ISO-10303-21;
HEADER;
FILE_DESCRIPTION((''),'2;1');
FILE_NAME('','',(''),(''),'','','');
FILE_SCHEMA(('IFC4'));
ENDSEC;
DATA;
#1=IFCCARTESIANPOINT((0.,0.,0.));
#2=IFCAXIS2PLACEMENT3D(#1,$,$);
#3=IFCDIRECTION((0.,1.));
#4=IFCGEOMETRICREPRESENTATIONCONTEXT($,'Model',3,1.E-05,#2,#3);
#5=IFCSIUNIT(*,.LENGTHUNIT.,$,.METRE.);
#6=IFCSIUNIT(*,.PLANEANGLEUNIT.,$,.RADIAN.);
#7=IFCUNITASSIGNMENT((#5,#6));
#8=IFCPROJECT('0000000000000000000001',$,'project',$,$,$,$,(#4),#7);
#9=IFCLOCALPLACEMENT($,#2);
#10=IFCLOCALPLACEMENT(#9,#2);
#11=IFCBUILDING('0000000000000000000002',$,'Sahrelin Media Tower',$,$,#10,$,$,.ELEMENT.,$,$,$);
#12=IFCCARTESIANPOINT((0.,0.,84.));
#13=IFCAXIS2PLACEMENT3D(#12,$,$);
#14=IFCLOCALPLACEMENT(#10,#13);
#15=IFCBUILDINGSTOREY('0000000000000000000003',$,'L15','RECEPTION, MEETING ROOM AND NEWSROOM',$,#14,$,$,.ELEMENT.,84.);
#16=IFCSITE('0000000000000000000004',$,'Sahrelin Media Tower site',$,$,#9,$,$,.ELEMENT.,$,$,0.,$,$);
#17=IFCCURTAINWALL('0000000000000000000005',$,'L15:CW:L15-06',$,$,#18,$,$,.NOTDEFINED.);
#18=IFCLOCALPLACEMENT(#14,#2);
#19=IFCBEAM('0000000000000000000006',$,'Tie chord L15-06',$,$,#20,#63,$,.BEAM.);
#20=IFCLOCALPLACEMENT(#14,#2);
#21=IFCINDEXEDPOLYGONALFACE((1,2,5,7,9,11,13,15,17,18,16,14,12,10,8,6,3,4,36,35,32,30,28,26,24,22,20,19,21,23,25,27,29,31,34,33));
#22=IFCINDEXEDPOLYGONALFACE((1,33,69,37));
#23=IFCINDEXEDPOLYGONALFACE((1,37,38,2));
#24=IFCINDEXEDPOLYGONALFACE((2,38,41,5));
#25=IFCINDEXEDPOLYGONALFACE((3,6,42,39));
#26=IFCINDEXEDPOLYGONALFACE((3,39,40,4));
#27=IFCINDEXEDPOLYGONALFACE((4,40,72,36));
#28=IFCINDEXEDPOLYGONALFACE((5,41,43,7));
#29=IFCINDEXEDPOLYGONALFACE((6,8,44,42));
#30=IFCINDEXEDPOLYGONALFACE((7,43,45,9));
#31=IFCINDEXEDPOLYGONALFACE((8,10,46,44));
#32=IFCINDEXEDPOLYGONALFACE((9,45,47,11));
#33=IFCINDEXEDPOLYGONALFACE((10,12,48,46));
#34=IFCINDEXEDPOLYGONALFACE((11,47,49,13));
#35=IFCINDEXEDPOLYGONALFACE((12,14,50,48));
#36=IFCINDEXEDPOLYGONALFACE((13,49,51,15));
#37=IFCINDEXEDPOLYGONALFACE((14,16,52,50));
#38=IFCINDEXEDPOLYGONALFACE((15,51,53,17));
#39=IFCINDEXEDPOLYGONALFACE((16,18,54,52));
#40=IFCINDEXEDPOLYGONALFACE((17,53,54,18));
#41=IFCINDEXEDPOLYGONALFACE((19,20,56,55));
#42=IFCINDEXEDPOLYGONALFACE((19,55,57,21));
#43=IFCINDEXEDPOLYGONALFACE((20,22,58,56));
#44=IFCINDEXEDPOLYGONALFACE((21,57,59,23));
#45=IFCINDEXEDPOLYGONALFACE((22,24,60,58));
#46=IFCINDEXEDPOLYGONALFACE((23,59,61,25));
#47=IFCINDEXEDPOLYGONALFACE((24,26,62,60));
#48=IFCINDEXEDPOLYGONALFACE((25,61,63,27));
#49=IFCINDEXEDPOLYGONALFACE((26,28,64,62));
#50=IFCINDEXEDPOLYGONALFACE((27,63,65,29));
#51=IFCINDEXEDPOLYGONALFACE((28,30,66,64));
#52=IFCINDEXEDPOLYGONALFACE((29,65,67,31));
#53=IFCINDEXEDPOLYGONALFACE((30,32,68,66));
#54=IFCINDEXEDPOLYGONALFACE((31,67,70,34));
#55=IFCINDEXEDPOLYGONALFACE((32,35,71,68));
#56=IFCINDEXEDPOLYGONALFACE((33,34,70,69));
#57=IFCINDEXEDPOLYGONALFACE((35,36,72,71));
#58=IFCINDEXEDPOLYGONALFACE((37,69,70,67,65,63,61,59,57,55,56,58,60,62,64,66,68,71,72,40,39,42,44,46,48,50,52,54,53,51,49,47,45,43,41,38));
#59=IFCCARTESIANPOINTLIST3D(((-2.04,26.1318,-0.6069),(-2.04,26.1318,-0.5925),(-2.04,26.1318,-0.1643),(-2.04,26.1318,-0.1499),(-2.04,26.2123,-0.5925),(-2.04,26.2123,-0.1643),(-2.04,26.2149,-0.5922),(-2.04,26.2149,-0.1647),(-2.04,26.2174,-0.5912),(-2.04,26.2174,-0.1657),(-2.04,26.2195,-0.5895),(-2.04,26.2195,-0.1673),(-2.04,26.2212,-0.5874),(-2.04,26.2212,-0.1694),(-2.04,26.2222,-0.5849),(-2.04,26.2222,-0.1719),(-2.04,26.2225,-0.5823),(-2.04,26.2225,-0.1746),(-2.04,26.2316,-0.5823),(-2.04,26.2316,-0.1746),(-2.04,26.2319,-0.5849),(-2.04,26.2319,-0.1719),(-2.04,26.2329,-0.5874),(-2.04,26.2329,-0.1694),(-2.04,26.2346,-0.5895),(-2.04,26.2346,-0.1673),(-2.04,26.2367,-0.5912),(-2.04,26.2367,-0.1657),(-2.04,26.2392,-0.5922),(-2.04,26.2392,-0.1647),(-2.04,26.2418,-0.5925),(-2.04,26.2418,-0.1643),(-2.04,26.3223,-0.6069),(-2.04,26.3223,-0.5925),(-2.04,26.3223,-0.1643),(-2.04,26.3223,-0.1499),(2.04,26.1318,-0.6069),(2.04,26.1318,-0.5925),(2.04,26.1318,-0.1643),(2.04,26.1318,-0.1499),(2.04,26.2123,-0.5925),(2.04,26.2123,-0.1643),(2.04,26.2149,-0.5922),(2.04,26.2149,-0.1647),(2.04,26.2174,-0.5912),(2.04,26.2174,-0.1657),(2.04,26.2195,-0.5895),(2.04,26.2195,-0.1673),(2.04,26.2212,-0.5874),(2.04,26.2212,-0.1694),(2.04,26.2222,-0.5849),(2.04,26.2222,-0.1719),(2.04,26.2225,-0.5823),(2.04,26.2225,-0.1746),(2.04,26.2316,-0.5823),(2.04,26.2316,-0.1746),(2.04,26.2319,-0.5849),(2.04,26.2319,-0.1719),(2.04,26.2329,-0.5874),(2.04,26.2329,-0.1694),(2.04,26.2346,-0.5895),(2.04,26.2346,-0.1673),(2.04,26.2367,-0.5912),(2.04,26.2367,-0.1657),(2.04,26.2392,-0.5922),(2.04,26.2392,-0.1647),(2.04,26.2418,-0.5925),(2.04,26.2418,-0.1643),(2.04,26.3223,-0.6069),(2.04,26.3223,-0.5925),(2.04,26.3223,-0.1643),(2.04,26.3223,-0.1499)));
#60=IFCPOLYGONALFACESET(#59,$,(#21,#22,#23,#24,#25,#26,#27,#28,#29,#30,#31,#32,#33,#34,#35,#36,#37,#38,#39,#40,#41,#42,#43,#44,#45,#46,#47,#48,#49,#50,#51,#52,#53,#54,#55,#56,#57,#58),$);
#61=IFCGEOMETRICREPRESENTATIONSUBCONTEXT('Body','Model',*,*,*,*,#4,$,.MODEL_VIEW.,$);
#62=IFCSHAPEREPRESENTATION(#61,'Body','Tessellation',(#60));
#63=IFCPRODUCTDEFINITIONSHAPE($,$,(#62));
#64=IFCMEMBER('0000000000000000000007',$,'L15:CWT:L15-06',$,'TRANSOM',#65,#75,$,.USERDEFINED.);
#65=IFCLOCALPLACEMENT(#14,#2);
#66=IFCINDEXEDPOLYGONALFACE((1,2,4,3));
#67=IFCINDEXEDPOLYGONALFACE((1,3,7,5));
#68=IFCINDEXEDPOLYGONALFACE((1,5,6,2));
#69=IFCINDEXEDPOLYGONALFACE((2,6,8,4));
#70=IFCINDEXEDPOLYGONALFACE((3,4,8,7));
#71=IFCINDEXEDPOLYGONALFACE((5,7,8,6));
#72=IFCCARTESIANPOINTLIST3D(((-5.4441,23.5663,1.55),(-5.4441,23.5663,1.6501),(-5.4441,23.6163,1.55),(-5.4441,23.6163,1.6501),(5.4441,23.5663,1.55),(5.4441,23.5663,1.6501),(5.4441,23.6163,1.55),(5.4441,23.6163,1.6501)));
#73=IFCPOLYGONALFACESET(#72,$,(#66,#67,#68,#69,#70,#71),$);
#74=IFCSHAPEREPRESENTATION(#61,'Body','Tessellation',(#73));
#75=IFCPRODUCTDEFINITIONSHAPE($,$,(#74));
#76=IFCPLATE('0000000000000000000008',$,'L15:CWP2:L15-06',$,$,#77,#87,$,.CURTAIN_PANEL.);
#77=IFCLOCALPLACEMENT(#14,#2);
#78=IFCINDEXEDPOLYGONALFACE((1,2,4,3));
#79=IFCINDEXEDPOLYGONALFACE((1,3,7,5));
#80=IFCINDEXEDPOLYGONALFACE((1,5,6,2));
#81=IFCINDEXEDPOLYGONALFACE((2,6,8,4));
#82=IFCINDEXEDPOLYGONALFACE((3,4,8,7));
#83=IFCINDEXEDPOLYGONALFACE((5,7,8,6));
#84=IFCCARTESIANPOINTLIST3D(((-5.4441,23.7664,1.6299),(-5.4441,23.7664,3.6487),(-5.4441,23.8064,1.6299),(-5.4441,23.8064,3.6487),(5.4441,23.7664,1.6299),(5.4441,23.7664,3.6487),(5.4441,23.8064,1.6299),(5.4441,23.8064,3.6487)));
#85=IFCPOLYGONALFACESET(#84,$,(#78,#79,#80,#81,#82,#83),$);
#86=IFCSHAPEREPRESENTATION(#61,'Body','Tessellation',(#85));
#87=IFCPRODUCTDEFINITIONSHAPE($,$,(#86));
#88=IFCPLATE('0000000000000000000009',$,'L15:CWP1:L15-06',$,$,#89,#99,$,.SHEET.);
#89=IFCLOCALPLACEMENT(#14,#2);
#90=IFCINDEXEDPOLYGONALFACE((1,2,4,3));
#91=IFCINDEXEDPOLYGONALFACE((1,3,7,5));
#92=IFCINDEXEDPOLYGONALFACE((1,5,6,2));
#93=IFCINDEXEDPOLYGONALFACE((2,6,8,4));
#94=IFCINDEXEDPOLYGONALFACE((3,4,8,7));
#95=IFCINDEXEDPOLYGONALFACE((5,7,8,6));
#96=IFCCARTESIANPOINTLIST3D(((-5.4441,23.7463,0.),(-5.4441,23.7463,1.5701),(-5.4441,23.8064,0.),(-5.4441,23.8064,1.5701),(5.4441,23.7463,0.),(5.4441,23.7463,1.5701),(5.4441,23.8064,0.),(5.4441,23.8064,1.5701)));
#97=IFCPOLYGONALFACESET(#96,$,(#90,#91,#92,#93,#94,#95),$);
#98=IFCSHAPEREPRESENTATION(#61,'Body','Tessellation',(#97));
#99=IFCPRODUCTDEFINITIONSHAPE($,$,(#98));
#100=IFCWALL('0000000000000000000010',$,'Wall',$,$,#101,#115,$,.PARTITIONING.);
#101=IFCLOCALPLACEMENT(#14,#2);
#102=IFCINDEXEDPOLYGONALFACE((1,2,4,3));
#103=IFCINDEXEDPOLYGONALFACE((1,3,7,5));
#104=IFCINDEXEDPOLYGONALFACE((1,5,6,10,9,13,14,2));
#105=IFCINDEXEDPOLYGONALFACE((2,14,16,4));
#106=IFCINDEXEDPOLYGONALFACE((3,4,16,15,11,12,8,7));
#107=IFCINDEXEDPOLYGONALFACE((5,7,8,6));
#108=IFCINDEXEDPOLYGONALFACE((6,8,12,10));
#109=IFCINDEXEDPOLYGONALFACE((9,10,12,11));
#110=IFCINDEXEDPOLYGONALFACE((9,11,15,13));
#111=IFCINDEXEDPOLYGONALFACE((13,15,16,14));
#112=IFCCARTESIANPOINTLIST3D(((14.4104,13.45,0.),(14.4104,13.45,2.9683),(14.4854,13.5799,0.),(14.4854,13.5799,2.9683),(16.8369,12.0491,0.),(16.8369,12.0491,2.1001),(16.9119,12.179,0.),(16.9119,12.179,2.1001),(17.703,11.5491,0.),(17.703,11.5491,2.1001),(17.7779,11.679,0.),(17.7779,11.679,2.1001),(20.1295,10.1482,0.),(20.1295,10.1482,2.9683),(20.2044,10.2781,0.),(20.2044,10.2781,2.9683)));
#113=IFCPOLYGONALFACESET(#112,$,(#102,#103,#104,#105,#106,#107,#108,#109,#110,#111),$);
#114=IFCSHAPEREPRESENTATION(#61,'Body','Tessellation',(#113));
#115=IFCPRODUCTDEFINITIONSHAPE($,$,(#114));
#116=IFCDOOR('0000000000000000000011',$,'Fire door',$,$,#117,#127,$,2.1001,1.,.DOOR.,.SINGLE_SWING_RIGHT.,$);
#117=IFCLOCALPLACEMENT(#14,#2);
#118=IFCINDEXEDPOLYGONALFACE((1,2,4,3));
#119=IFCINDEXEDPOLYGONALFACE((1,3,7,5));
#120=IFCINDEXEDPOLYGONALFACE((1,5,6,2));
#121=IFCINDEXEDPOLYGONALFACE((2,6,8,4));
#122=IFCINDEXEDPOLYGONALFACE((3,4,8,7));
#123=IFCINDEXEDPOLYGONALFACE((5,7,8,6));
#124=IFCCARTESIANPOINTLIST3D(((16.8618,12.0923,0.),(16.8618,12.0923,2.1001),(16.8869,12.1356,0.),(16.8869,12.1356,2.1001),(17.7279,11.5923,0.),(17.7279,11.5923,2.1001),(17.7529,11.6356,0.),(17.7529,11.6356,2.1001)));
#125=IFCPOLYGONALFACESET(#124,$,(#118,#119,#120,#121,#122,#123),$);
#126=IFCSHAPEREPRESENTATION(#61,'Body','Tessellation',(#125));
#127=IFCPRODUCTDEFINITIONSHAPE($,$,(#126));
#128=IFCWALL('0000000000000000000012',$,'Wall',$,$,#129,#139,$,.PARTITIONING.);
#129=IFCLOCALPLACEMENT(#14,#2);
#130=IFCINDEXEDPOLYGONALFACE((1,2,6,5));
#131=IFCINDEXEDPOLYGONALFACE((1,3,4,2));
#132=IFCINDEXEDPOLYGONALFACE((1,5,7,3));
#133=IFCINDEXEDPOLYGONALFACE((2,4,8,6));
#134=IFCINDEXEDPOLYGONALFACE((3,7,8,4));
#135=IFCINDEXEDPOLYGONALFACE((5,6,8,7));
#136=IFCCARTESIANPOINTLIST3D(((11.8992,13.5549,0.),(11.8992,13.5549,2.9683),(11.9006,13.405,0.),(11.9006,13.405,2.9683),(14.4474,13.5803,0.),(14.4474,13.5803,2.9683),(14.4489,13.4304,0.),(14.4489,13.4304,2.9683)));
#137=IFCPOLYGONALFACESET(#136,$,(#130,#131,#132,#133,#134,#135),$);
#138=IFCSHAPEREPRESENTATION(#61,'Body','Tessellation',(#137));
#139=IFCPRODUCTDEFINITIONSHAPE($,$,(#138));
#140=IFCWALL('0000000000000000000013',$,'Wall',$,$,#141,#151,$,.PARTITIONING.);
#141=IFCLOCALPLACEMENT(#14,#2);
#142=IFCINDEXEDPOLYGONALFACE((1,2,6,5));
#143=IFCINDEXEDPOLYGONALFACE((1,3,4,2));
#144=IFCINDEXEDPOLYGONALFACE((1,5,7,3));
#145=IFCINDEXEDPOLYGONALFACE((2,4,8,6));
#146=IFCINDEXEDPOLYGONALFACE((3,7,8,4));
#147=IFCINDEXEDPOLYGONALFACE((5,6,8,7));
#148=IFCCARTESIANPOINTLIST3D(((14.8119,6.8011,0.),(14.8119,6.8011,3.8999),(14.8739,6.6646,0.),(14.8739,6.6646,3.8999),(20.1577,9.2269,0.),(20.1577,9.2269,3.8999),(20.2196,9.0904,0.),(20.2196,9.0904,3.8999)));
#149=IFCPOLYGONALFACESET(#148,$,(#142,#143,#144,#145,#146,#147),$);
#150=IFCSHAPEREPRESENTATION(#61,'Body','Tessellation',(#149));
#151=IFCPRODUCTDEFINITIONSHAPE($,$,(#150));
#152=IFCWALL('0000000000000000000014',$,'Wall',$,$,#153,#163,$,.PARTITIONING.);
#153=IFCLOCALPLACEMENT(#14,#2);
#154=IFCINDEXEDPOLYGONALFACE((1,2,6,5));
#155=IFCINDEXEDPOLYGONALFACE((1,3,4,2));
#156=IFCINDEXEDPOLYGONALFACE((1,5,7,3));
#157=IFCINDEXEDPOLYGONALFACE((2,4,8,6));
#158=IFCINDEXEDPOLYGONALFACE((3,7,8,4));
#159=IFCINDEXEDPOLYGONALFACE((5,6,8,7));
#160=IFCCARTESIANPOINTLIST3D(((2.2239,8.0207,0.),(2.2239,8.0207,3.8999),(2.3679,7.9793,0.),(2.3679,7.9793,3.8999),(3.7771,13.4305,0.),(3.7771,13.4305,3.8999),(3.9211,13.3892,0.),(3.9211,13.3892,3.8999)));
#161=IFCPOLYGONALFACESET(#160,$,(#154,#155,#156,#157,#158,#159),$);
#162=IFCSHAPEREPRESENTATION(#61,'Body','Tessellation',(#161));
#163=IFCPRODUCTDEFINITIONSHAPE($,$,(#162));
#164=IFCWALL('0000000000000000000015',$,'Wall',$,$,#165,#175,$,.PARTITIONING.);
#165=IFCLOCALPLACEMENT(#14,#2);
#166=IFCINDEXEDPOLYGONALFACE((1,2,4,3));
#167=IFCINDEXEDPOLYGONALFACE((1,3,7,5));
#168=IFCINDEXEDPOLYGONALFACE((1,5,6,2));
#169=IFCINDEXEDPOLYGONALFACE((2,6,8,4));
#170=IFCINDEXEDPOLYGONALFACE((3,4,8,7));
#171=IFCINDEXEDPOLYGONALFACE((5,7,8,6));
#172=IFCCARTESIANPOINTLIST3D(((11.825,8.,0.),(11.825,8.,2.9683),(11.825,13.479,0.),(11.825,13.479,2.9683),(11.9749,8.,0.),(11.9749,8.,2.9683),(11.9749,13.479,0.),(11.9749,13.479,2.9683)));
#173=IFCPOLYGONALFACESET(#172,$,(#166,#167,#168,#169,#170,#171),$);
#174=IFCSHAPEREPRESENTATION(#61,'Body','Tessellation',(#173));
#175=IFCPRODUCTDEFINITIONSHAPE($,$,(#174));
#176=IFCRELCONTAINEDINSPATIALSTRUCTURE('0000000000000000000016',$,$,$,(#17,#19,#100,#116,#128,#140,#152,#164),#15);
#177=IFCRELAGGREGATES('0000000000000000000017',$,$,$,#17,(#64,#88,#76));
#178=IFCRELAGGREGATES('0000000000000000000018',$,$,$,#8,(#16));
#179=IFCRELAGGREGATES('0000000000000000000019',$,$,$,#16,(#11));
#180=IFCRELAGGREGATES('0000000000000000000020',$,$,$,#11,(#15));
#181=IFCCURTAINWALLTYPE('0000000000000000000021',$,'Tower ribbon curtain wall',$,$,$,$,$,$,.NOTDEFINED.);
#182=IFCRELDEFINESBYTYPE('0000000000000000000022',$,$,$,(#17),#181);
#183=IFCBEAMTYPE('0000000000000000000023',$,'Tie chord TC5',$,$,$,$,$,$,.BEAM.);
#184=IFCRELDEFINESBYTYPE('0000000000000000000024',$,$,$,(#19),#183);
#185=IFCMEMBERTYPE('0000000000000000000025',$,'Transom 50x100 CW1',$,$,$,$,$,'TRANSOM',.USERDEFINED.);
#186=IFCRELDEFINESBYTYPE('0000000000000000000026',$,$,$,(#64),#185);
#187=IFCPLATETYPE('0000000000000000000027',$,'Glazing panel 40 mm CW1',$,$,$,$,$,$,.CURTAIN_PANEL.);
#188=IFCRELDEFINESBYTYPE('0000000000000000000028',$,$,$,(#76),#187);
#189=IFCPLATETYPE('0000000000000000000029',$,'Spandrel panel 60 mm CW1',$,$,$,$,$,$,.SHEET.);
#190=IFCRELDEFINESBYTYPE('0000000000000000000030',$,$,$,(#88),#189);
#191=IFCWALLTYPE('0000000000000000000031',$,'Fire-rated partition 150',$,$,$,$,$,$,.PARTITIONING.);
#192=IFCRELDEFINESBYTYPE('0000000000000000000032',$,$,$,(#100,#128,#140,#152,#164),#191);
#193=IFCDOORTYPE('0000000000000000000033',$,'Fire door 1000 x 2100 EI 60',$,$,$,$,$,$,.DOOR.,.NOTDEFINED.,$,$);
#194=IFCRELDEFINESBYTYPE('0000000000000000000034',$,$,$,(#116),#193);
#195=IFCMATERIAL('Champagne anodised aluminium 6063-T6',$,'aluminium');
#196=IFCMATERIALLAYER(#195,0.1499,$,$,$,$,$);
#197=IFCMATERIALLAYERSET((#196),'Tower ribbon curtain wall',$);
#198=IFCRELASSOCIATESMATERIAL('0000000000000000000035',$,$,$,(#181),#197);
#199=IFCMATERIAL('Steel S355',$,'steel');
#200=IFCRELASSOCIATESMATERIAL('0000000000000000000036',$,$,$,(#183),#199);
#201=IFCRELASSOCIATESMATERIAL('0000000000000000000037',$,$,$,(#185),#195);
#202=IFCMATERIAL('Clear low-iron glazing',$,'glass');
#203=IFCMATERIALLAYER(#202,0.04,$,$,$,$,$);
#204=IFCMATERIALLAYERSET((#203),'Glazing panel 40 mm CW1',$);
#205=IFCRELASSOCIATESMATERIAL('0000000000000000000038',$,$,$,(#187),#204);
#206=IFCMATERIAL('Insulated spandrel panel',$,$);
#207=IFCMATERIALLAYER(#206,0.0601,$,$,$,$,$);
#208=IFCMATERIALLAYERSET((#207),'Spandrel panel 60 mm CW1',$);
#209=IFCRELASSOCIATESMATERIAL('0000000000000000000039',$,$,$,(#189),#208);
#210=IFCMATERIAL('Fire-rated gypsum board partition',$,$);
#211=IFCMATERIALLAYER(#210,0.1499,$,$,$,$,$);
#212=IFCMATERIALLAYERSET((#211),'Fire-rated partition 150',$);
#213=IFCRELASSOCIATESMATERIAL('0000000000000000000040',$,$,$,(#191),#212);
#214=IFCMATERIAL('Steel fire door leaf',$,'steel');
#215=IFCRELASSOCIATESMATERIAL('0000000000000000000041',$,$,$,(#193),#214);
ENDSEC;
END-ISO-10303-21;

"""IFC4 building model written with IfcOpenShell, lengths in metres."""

from ifc_helpers import new_model, si_unit, direction, frame, frame_2d, origin, origin_2d, place, context, subcontext, project, spatial, polyline, rectangle, i_section, outline, extrude, material, layer, layer_set, material_profile, profile_set, type_object, element, fill, aggregate, save


model = new_model("IFC4")

# Units and contexts
model_context = context("Model", 3, precision=1e-05, world=origin(), true_north=direction((0.0, 1.0)))
body_context = subcontext(model_context, "Body", "Model", "MODEL_VIEW")
ifc_project = project(units=[si_unit("LENGTHUNIT", "METRE"), si_unit("PLANEANGLEUNIT", "RADIAN")], contexts=[model_context])

# Site, building, storey
site_placement = place(None, origin())
site = spatial("IfcSite", under=ifc_project, at=site_placement, Name="Sahrelin Media Tower site", CompositionType="ELEMENT", RefElevation=0.0)
building_placement = place(site_placement, origin())
building = spatial("IfcBuilding", under=site, at=building_placement, Name="Sahrelin Media Tower", CompositionType="ELEMENT")
storey_placement = place(building_placement, frame((0.0, 0.0, 84.0)))
storey = spatial("IfcBuildingStorey", under=building, at=storey_placement, Name="L15", Description="RECEPTION, MEETING ROOM AND NEWSROOM", CompositionType="ELEMENT", Elevation=84.0)

# Shared definitions
ifc_material_1 = material(Name="Steel S355", Category="steel")

# Curtain wall
ifc_material_2 = material(Name="Champagne anodised aluminium 6063-T6", Category="aluminium")
ifc_layer_1 = layer(ifc_material_2, 0.1499)
ifc_layer_set_1 = layer_set([ifc_layer_1], Name="Tower ribbon curtain wall")
curtain_wall_type = type_object("IfcCurtainWallType", Name="Tower ribbon curtain wall", PredefinedType="NOTDEFINED", material=ifc_layer_set_1)
placement_1 = place(storey_placement, frame((0.0, 23.7864, 0.0), z_axis=(0.0, 0.0, 1.0), x_axis=(1.0, 0.0, 0.0)))
curtain_wall_1 = element("IfcCurtainWall", 1, at=placement_1, inside=storey, type_object=curtain_wall_type, Name="L15:CW:L15-06", PredefinedType="NOTDEFINED")

# Beam
ifc_material_profile_1 = material_profile(ifc_material_1, i_section(OverallWidth=0.1904, OverallDepth=0.457, WebThickness=0.009, FlangeThickness=0.0144, FilletRadius=0.0103, at=origin_2d()), Name="UB 457x191x74")
ifc_profile_set_1 = profile_set([ifc_material_profile_1], Name="Steel S355")
beam_type_1 = type_object("IfcBeamType", Name="Tie chord TC5", PredefinedType="BEAM", material=ifc_profile_set_1)
beam_1_placement = place(storey_placement, frame((2.04, 26.2271, -0.3784), z_axis=(-1.0, 0.0, 0.0), x_axis=(0.0, -1.0, 0.0)))
element("IfcBeam", 2, at=beam_1_placement, inside=storey, type_object=beam_type_1, Name="Tie chord L15-06", PredefinedType="BEAM", context=body_context, shape_type="SweptSolid", body=[
    extrude(i_section(OverallWidth=0.1904, OverallDepth=0.457, WebThickness=0.009, FlangeThickness=0.0144, FilletRadius=0.0103, at=origin_2d()), origin(), (0.0, 0.0, 1.0), 4.0801),
])

# Member
ifc_material_profile_2 = material_profile(ifc_material_2, rectangle(XDim=0.05, YDim=0.1001, at=origin_2d()), Name="Transom 50x100")
ifc_profile_set_2 = profile_set([ifc_material_profile_2], Name="Champagne anodised aluminium 6063-T6")
member_type_1 = type_object("IfcMemberType", Name="Transom 50x100 CW1", ElementType="TRANSOM", PredefinedType="USERDEFINED", material=ifc_profile_set_2)
member_1_placement = place(storey_placement, frame((5.4441, 23.5913, 1.6001), z_axis=(-1.0, 0.0, 0.0), x_axis=(0.0, -1.0, 0.0)))
member_1 = element("IfcMember", 3, at=member_1_placement, type_object=member_type_1, Name="L15:CWT:L15-06", ObjectType="TRANSOM", PredefinedType="USERDEFINED", context=body_context, shape_type="SweptSolid", body=[
    extrude(rectangle(XDim=0.05, YDim=0.1001, at=origin_2d()), origin(), (0.0, 0.0, 1.0), 10.8882),
])

# Plates
ifc_material_3 = material(Name="Clear low-iron glazing", Category="glass")
ifc_layer_2 = layer(ifc_material_3, 0.04)
ifc_layer_set_2 = layer_set([ifc_layer_2], Name="Glazing panel 40 mm CW1")
plate_type_1 = type_object("IfcPlateType", Name="Glazing panel 40 mm CW1", PredefinedType="CURTAIN_PANEL", material=ifc_layer_set_2)
plate_1_placement = place(storey_placement, frame((5.4441, 23.8064, 1.6299), z_axis=(0.0, 1.0, 0.0), x_axis=(-1.0, 0.0, 0.0)))
plate_1 = element("IfcPlate", 4, at=plate_1_placement, type_object=plate_type_1, Name="L15:CWP2:L15-06", PredefinedType="CURTAIN_PANEL", context=body_context, shape_type="SweptSolid", body=[
    extrude(outline(polyline([(0.0, 0.0), (10.8882, 0.0), (10.8882, 2.0188), (0.0, 2.0188), (0.0, 0.0)])), origin(), (0.0, 0.0, -1.0), 0.04),
])
ifc_material_4 = material(Name="Insulated spandrel panel")
ifc_layer_3 = layer(ifc_material_4, 0.0601)
ifc_layer_set_3 = layer_set([ifc_layer_3], Name="Spandrel panel 60 mm CW1")
plate_type_2 = type_object("IfcPlateType", Name="Spandrel panel 60 mm CW1", PredefinedType="SHEET", material=ifc_layer_set_3)
plate_2_placement = place(storey_placement, frame((5.4441, 23.8064, 0.0), z_axis=(0.0, 1.0, 0.0), x_axis=(-1.0, 0.0, 0.0)))
plate_2 = element("IfcPlate", 5, at=plate_2_placement, type_object=plate_type_2, Name="L15:CWP1:L15-06", PredefinedType="SHEET", context=body_context, shape_type="SweptSolid", body=[
    extrude(outline(polyline([(0.0, 0.0), (10.8882, 0.0), (10.8882, 1.5701), (0.0, 1.5701), (0.0, 0.0)])), origin(), (0.0, 0.0, -1.0), 0.0601),
])
aggregate(curtain_wall_1, [member_1, plate_2, plate_1])

# Wall, opening, door
ifc_material_5 = material(Name="Fire-rated gypsum board partition")
ifc_layer_4 = layer(ifc_material_5, 0.1499)
ifc_layer_set_4 = layer_set([ifc_layer_4], Name="Fire-rated partition 150")
wall_type_1 = type_object("IfcWallType", Name="Fire-rated partition 150", PredefinedType="PARTITIONING", material=ifc_layer_set_4)
wall_1_placement = place(storey_placement, frame((14.448, 13.5149, 0.0), z_axis=(0.0, 0.0, 1.0), x_axis=(0.866032, -0.499988, 0.0)))
wall_1 = element("IfcWall", 6, at=wall_1_placement, inside=storey, type_object=wall_type_1, Name="Wall", PredefinedType="PARTITIONING", context=body_context, shape_type="SweptSolid", body=[
    extrude(rectangle(XDim=6.6038, YDim=0.1499, at=frame_2d((3.3018, 0.0))), origin(), (0.0, 0.0, 1.0), 2.9683),
])
opening_1_placement = place(wall_1_placement, frame((2.8018, 0.0, 0.0)))
opening_1 = element("IfcOpeningElement", 7, at=opening_1_placement, cuts=wall_1, PredefinedType="OPENING", context=body_context, shape_type="SweptSolid", body=[
    extrude(rectangle(XDim=1.0, YDim=2.1001, at=frame_2d((0.5, 1.05))), frame((0.0, 0.075, 0.0), z_axis=(0.0, -1.0, 0.0), x_axis=(1.0, 0.0, 0.0)), (0.0, 0.0, 1.0), 0.1499),
])
ifc_material_6 = material(Name="Steel fire door leaf", Category="steel")
door_type = type_object("IfcDoorType", Name="Fire door 1000 x 2100 EI 60", OperationType="NOTDEFINED", PredefinedType="DOOR", material=ifc_material_6)
door_1_placement = place(opening_1_placement, origin())
door_1 = element("IfcDoor", 8, at=door_1_placement, inside=storey, type_object=door_type, Name="Fire door", OperationType="SINGLE_SWING_RIGHT", OverallHeight=2.1001, OverallWidth=1.0, PredefinedType="DOOR", context=body_context, shape_type="SweptSolid", body=[
    extrude(rectangle(XDim=1.0, YDim=2.1001, at=frame_2d((0.5, 1.05))), frame((0.0, 0.0249, 0.0), z_axis=(0.0, -1.0, 0.0), x_axis=(1.0, 0.0, 0.0)), (0.0, 0.0, 1.0), 0.05),
])
fill(opening_1, door_1)

# Walls
wall_2_placement = place(storey_placement, frame((11.8999, 13.48, 0.0), z_axis=(0.0, 0.0, 1.0), x_axis=(0.99995, 0.009964, 0.0)))
element("IfcWall", 9, at=wall_2_placement, inside=storey, type_object=wall_type_1, Name="Wall", PredefinedType="PARTITIONING", context=body_context, shape_type="SweptSolid", body=[
    extrude(rectangle(XDim=2.5483, YDim=0.1499, at=frame_2d((1.2742, 0.0))), origin(), (0.0, 0.0, 1.0), 2.9683),
])
wall_3_placement = place(storey_placement, frame((14.843, 6.7329, 0.0), z_axis=(0.0, 0.0, 1.0), x_axis=(0.910628, 0.413226, 0.0)))
element("IfcWall", 10, at=wall_3_placement, inside=storey, type_object=wall_type_1, Name="Wall", PredefinedType="PARTITIONING", context=body_context, shape_type="SweptSolid", body=[
    extrude(rectangle(XDim=5.8704, YDim=0.1499, at=frame_2d((2.9351, 0.0))), origin(), (0.0, 0.0, 1.0), 3.8999),
])
wall_4_placement = place(storey_placement, frame((2.2959, 8.0, 0.0), z_axis=(0.0, 0.0, 1.0), x_axis=(0.275958, 0.96117, 0.0)))
element("IfcWall", 11, at=wall_4_placement, inside=storey, type_object=wall_type_1, Name="Wall", PredefinedType="PARTITIONING", context=body_context, shape_type="SweptSolid", body=[
    extrude(rectangle(XDim=5.6284, YDim=0.1499, at=frame_2d((2.8142, 0.0))), origin(), (0.0, 0.0, 1.0), 3.8999),
])
wall_5_placement = place(storey_placement, frame((11.8999, 8.0, 0.0), z_axis=(0.0, 0.0, 1.0), x_axis=(0.0, 1.0, 0.0)))
element("IfcWall", 12, at=wall_5_placement, inside=storey, type_object=wall_type_1, Name="Wall", PredefinedType="PARTITIONING", context=body_context, shape_type="SweptSolid", body=[
    extrude(rectangle(XDim=5.479, YDim=0.1499, at=frame_2d((2.7395, 0.0))), origin(), (0.0, 0.0, 1.0), 2.9683),
])

save(model, "model.ifc")
